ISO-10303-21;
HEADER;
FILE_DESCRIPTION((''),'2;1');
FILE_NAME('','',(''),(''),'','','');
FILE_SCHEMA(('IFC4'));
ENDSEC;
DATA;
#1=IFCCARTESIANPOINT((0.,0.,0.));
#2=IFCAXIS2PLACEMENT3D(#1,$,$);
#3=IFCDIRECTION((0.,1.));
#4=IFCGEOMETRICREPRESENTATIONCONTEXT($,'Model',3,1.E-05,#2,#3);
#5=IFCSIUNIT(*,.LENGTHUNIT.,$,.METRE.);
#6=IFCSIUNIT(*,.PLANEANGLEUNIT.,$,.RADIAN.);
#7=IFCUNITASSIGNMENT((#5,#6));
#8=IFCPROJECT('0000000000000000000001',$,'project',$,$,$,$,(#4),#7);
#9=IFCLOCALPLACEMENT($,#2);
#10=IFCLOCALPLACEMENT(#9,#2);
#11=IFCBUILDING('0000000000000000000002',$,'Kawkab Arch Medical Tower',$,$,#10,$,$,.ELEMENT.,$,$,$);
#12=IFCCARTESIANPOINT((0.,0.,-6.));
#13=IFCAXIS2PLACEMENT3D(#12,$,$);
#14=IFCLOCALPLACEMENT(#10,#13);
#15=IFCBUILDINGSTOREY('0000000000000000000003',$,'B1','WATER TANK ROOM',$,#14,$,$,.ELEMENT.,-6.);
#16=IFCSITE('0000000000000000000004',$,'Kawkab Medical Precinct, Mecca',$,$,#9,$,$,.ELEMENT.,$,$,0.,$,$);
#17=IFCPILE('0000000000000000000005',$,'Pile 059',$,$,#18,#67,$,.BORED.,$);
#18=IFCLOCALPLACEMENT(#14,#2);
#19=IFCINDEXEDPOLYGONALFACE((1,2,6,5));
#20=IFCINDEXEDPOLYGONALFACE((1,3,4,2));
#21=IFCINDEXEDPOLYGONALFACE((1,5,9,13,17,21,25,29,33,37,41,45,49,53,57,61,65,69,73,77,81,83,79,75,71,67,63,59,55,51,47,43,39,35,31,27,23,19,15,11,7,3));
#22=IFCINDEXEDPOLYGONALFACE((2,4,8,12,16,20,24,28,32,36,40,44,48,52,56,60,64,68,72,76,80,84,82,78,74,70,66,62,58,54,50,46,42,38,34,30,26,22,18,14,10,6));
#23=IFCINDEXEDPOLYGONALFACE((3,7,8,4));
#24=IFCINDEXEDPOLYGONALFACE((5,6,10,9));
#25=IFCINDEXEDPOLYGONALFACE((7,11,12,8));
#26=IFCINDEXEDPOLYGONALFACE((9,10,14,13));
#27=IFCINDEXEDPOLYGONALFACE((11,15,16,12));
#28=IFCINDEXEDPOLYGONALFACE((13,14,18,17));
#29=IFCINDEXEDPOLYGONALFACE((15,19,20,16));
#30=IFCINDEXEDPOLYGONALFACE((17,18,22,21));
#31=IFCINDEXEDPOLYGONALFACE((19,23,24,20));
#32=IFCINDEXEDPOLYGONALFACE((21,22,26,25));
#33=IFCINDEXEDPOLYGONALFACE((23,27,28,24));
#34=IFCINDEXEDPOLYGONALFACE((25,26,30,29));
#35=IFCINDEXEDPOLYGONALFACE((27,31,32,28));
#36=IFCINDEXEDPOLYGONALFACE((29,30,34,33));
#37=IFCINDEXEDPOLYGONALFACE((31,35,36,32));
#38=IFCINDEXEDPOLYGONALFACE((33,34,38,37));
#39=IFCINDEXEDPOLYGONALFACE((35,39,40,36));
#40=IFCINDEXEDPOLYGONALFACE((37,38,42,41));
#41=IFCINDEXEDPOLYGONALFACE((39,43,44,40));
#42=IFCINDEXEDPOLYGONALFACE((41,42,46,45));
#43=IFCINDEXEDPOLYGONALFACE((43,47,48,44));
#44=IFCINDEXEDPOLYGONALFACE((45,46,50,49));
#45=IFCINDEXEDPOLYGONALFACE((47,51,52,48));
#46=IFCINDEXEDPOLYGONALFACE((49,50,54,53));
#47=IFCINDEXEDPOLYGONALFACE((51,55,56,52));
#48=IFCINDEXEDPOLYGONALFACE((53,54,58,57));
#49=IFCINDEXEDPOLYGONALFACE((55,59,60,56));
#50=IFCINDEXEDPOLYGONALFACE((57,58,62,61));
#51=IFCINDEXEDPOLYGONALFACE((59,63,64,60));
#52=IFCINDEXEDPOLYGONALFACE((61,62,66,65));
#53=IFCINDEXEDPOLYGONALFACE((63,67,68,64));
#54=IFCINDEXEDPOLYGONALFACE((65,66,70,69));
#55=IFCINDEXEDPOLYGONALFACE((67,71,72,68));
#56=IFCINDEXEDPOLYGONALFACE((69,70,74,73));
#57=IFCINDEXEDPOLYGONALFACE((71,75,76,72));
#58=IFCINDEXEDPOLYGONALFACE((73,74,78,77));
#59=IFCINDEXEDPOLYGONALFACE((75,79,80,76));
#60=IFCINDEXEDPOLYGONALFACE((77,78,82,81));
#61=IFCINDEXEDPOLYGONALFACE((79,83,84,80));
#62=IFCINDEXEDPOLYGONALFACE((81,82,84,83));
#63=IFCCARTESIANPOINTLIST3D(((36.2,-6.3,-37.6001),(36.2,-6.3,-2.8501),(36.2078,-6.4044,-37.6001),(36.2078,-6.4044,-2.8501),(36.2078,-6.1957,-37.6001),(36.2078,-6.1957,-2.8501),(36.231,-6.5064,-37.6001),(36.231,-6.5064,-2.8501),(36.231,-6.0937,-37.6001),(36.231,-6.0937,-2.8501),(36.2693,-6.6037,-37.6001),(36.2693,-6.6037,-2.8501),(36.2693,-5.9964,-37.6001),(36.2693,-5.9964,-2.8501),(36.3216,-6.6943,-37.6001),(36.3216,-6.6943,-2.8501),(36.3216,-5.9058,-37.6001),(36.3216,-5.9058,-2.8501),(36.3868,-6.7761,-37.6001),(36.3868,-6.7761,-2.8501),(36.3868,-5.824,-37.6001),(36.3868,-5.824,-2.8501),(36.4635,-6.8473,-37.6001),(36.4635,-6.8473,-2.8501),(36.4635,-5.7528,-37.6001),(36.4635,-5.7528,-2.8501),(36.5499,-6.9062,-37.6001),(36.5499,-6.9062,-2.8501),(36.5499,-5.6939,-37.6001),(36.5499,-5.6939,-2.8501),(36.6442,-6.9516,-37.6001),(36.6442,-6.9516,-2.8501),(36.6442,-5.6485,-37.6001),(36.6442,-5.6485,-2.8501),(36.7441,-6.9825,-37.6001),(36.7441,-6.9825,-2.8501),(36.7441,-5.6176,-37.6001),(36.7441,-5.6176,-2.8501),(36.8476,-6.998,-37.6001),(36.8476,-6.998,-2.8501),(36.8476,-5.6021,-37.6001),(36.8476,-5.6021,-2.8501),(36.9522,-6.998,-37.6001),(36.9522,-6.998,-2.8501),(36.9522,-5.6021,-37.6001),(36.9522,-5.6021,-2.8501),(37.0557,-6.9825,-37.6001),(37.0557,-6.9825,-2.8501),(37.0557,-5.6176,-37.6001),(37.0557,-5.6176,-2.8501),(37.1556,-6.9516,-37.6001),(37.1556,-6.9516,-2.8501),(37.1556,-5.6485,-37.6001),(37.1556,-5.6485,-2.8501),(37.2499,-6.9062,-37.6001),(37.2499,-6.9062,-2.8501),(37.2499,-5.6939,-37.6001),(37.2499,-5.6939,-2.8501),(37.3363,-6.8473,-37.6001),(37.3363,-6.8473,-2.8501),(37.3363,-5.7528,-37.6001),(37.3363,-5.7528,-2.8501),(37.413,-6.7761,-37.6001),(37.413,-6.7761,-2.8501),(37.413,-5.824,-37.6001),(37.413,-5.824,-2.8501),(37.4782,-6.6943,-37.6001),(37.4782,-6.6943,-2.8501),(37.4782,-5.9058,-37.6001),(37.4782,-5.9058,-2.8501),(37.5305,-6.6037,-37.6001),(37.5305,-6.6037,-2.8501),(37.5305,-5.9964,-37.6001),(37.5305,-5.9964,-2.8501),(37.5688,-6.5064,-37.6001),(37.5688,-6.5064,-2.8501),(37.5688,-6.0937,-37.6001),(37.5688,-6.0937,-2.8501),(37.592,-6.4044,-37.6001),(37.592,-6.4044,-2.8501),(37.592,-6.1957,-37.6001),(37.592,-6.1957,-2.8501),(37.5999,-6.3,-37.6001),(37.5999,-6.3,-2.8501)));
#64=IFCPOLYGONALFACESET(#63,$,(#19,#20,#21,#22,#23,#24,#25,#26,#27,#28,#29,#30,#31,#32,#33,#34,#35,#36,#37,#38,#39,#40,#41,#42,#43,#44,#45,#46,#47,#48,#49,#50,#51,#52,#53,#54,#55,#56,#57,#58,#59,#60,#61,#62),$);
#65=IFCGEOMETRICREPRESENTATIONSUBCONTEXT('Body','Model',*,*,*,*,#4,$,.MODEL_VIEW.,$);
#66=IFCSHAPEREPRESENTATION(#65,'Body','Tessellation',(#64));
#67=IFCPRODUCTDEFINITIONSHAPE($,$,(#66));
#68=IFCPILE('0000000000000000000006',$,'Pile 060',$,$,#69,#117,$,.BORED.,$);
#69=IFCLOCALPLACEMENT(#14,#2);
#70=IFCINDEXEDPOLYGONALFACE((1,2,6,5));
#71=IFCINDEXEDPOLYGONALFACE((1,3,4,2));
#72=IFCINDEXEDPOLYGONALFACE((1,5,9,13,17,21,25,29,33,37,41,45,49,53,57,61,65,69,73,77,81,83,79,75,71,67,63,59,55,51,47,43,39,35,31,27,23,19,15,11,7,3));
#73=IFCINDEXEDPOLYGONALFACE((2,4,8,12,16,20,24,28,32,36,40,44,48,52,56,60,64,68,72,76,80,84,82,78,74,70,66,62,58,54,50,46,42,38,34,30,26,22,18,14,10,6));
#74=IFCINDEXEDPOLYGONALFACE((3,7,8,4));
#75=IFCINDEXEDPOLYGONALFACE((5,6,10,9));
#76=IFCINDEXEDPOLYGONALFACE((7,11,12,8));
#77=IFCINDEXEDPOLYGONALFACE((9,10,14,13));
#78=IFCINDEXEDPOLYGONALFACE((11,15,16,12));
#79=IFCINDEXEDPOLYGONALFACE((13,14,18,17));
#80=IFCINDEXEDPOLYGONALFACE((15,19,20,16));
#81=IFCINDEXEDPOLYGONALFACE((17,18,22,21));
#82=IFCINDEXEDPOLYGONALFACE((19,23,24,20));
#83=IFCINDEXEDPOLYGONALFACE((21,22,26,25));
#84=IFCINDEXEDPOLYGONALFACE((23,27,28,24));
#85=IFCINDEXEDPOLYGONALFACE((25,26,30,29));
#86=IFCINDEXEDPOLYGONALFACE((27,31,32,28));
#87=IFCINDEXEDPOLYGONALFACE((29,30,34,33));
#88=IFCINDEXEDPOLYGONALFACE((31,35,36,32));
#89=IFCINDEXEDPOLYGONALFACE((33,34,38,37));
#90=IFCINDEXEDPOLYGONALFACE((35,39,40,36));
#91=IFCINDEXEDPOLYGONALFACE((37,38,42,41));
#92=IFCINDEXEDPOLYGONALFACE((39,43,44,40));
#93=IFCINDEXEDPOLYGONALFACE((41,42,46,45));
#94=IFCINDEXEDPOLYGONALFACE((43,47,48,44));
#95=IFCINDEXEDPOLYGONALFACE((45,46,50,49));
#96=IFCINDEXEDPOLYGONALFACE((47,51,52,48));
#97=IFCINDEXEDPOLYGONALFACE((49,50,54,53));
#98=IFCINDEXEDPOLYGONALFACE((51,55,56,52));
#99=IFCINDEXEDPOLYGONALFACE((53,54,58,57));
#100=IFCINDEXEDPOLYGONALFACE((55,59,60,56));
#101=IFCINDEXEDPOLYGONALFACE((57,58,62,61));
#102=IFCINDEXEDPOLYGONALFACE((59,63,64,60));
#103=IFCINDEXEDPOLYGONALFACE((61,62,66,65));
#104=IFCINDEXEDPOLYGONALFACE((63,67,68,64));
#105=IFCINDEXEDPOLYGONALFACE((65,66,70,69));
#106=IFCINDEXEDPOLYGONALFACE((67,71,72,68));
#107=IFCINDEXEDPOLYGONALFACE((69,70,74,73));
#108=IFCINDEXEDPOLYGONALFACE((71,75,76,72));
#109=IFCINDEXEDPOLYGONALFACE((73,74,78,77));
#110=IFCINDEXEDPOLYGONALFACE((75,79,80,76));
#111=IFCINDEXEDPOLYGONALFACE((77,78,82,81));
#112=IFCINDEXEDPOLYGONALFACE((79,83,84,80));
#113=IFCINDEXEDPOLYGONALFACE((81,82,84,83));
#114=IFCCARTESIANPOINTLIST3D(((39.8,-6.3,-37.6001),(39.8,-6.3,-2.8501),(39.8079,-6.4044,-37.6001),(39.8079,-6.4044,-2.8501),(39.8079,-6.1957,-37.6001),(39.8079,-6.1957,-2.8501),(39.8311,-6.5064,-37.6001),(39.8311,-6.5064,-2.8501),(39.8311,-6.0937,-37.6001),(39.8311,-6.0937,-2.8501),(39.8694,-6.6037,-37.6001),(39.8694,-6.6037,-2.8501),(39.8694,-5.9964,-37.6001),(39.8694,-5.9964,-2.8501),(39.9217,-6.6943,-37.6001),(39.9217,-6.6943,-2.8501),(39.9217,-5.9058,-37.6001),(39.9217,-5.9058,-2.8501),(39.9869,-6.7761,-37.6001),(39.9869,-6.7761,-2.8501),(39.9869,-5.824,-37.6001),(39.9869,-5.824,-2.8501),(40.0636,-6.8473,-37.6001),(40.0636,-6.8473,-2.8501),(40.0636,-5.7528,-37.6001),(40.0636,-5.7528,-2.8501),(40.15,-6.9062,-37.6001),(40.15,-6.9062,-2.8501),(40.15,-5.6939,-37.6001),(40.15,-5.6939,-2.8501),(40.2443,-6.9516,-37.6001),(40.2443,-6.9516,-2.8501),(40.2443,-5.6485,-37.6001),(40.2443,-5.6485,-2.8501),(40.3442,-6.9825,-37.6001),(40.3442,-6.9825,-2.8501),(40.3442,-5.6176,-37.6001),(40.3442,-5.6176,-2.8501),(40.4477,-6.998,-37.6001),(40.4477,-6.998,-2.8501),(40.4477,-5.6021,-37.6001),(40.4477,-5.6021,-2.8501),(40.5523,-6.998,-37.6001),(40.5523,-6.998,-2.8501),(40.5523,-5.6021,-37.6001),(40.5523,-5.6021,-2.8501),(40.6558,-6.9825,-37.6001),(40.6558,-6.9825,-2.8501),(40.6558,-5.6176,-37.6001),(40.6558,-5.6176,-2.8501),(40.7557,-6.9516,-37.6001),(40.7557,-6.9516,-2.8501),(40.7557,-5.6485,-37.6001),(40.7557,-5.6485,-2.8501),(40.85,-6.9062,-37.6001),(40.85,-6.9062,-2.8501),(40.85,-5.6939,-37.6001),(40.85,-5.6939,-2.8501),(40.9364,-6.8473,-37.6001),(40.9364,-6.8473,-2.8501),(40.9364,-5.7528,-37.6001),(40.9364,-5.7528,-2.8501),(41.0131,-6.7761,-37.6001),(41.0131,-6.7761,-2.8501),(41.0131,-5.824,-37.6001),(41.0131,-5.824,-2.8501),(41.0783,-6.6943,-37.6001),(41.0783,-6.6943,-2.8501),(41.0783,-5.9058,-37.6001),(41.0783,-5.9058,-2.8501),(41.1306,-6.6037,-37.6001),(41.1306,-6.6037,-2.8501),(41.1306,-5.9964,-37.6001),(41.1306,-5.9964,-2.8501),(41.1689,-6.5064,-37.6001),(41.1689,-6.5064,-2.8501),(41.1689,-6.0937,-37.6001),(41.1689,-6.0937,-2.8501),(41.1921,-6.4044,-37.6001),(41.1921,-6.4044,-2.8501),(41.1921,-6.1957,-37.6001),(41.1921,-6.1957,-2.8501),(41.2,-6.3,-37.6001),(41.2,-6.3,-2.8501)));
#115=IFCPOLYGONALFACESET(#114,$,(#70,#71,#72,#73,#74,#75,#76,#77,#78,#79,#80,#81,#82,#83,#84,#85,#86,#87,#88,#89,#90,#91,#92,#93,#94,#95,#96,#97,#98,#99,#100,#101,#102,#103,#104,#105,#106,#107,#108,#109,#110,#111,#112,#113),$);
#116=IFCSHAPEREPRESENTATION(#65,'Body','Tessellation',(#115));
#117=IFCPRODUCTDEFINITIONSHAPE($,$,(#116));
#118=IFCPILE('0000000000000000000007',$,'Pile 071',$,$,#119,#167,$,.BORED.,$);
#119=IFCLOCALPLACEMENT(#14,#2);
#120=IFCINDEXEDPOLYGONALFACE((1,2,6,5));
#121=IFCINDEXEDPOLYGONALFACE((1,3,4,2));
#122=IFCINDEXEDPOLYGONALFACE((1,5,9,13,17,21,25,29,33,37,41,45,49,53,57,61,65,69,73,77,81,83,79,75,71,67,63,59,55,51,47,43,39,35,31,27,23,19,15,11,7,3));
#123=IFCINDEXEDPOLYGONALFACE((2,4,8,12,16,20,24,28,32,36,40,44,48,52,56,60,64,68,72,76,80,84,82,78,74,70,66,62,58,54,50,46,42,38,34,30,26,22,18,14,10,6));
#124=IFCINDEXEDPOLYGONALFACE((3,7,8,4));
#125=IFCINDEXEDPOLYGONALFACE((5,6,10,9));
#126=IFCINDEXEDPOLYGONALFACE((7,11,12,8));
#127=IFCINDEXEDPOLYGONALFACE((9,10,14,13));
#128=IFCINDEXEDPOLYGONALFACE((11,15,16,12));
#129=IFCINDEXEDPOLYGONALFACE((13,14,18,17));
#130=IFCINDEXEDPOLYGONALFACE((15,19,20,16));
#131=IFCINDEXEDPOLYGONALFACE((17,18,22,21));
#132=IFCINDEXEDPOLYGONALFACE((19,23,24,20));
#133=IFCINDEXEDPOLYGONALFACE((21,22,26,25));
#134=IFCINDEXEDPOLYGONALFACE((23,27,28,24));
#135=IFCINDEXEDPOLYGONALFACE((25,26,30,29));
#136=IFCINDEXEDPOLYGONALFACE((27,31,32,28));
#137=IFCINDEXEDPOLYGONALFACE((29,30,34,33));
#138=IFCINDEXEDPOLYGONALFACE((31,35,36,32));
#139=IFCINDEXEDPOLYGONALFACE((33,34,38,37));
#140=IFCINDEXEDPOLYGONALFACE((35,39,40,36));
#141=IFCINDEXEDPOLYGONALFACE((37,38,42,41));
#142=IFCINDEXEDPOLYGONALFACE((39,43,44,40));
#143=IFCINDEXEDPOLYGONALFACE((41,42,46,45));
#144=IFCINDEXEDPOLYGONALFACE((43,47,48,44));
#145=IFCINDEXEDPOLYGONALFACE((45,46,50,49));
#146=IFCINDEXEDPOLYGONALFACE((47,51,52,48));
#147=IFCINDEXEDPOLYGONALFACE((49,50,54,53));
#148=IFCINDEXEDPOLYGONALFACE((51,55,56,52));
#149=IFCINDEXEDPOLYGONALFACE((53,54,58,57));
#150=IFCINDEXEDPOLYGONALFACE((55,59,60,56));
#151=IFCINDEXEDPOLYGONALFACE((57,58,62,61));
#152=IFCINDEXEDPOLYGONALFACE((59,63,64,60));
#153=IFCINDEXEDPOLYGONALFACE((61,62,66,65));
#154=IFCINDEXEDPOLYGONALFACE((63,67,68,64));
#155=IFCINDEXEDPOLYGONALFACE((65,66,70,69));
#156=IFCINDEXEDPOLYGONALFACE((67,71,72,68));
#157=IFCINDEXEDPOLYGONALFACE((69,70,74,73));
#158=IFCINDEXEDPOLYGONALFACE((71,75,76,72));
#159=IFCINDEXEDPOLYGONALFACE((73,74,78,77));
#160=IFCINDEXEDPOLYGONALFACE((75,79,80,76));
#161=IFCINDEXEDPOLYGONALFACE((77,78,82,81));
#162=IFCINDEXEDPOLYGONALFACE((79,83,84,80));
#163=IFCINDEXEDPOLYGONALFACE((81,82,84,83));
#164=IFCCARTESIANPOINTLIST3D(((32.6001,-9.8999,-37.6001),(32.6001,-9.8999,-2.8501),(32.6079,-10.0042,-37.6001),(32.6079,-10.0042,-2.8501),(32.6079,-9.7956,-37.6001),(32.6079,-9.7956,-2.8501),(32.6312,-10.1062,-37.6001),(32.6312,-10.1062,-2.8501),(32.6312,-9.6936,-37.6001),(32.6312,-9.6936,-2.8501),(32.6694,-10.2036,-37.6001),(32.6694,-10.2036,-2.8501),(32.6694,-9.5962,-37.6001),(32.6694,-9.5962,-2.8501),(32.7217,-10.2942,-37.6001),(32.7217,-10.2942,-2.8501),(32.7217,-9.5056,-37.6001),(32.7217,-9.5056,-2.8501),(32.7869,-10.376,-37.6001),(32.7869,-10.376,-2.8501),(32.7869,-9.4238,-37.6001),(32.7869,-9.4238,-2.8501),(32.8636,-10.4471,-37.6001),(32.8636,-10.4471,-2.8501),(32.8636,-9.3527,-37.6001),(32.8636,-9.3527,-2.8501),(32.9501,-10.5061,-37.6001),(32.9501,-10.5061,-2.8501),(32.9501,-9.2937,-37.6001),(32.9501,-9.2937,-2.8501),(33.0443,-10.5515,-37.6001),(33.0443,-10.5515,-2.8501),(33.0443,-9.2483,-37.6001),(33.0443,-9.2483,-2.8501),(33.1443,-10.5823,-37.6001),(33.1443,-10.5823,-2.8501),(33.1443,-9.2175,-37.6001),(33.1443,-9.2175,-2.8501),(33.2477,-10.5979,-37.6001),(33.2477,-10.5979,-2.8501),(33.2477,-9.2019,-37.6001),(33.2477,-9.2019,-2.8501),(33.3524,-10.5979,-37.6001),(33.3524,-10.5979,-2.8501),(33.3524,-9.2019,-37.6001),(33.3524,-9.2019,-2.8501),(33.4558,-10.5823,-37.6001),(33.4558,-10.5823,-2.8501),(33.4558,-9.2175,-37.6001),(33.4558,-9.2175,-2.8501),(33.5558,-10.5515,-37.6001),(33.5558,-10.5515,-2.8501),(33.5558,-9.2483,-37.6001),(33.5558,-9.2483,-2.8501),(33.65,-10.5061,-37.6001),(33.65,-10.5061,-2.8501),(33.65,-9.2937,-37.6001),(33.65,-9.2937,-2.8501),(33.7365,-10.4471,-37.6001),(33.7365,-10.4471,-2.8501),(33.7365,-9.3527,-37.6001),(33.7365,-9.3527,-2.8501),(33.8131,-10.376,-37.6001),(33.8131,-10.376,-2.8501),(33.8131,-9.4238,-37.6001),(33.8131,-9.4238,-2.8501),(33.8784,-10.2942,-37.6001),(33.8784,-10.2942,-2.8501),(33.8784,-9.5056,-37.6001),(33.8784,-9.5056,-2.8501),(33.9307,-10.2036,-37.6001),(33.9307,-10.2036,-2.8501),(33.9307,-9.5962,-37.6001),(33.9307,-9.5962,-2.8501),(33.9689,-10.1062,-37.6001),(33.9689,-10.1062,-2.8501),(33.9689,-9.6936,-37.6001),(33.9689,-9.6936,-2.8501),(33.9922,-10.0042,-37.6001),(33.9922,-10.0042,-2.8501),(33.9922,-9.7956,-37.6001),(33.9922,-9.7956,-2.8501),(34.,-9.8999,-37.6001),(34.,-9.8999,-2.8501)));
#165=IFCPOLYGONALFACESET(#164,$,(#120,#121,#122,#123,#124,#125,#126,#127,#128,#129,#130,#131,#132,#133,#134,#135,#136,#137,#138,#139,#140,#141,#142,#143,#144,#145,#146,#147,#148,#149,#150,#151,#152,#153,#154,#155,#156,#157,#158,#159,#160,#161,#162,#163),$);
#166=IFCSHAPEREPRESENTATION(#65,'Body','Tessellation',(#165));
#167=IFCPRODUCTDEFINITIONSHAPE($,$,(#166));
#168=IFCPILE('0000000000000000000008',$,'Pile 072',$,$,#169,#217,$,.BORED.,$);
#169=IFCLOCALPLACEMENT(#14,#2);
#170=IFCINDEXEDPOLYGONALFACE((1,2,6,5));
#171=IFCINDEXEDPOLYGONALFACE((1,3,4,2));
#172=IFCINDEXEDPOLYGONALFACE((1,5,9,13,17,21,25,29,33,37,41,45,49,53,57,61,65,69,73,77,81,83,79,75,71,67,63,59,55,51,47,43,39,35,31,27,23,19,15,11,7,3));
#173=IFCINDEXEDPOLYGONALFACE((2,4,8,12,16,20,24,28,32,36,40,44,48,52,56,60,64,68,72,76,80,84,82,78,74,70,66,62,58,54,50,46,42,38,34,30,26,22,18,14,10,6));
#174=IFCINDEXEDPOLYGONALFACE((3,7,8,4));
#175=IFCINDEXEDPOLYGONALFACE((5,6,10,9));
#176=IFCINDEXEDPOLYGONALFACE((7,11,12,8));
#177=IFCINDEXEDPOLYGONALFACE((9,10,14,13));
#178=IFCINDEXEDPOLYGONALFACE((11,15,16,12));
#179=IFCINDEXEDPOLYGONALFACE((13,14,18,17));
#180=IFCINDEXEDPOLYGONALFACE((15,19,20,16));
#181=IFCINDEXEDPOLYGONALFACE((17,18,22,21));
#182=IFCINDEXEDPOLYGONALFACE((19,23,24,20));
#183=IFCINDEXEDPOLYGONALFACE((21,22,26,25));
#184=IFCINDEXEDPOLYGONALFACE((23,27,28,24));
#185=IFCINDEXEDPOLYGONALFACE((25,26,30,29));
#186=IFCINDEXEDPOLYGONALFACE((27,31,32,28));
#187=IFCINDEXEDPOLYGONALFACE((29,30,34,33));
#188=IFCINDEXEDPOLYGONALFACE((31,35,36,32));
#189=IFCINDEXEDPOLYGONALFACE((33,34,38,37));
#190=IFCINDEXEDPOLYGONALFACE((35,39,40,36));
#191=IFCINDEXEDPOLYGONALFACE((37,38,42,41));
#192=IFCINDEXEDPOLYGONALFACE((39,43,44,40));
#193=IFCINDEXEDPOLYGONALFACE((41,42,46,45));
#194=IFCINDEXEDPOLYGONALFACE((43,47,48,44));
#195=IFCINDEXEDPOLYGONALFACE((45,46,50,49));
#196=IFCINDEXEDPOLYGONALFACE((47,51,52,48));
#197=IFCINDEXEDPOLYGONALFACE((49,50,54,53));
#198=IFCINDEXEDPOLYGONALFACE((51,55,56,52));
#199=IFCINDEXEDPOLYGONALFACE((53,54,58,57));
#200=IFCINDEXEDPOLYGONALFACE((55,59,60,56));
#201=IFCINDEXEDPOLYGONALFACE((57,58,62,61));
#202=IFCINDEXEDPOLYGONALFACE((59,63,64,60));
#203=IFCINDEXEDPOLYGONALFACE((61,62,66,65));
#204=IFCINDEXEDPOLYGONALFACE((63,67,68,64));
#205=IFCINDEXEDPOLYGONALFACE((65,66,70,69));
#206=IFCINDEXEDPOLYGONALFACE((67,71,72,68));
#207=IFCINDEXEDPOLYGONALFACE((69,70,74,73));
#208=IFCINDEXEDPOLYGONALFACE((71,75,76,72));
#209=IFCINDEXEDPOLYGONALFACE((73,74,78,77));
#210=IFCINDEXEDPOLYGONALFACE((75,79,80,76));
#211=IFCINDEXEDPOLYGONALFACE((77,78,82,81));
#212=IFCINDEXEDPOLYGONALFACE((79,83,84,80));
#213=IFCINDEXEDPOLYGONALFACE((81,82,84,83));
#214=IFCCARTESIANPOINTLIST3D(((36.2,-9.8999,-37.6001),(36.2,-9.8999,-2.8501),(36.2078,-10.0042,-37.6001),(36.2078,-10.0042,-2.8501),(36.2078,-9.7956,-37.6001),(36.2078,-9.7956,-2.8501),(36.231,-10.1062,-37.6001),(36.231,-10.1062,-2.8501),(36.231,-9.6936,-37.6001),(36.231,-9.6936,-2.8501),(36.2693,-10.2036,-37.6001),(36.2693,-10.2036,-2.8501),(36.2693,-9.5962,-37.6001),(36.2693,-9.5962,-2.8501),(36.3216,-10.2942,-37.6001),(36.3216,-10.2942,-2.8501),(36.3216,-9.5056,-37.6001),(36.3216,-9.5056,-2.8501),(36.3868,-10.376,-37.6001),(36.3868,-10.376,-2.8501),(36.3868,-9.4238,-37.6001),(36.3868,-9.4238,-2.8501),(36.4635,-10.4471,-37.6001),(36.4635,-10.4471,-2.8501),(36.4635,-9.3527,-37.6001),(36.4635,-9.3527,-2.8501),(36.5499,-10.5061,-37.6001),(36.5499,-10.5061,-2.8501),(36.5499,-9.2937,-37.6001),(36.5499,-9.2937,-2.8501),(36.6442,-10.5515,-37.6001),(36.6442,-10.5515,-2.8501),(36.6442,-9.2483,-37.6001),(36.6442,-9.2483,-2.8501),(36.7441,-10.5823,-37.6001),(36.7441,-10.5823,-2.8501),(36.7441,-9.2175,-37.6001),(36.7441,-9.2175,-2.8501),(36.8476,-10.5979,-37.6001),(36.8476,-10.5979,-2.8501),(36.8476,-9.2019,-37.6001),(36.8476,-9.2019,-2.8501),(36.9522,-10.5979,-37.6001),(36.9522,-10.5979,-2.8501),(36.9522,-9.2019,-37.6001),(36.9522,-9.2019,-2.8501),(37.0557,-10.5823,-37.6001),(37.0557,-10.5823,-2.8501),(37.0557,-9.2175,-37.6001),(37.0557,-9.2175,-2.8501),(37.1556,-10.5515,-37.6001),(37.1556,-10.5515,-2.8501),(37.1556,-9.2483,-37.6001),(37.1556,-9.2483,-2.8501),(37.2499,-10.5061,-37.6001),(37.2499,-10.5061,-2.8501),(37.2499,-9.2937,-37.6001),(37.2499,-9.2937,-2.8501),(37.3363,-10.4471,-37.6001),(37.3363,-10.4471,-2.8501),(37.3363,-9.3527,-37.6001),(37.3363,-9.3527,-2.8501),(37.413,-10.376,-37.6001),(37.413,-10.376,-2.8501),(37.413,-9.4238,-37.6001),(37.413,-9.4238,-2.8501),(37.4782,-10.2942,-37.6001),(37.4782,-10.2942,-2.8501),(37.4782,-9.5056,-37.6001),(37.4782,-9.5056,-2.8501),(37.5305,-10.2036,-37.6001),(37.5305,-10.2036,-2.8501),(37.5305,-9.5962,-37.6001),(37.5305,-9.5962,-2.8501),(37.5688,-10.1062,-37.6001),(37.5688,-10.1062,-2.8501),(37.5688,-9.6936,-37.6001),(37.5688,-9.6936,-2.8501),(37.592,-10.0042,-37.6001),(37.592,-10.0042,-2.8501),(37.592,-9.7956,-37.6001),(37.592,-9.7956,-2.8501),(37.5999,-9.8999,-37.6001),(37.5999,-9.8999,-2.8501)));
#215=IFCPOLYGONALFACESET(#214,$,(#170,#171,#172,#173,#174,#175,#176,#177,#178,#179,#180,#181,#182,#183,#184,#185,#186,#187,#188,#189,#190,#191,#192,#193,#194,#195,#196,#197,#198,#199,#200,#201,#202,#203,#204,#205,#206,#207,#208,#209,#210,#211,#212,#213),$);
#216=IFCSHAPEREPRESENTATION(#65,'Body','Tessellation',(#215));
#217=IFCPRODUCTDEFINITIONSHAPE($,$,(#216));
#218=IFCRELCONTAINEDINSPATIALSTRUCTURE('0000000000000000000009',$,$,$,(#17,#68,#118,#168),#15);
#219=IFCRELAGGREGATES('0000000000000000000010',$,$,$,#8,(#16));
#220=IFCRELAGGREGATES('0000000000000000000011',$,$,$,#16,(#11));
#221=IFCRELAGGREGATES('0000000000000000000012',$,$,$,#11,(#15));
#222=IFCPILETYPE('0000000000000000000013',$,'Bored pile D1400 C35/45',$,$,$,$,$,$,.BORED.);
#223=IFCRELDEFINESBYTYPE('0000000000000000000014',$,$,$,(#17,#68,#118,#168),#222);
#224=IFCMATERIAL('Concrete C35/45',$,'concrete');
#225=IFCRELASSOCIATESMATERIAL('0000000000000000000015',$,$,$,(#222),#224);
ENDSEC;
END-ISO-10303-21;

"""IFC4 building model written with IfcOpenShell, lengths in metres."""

from ifc_helpers import new_model, si_unit, direction, frame, origin, origin_2d, place, context, subcontext, project, spatial, circle, extrude, material, material_profile, profile_set, type_object, element, save


model = new_model("IFC4")

# Units and contexts
model_context = context("Model", 3, precision=1e-05, world=origin(), true_north=direction((0.0, 1.0)))
body_context = subcontext(model_context, "Body", "Model", "MODEL_VIEW")
ifc_project = project(units=[si_unit("LENGTHUNIT", "METRE"), si_unit("PLANEANGLEUNIT", "RADIAN")], contexts=[model_context])

# Site, building, storey
site_placement = place(None, origin())
site = spatial("IfcSite", under=ifc_project, at=site_placement, Name="Kawkab Medical Precinct, Mecca", CompositionType="ELEMENT", RefElevation=0.0)
building_placement = place(site_placement, origin())
building = spatial("IfcBuilding", under=site, at=building_placement, Name="Kawkab Arch Medical Tower", CompositionType="ELEMENT")
storey_placement = place(building_placement, frame((0.0, 0.0, -6.0)))
storey = spatial("IfcBuildingStorey", under=building, at=storey_placement, Name="B1", Description="WATER TANK ROOM", CompositionType="ELEMENT", Elevation=-6.0)

# Piles
ifc_material_1 = material(Name="Concrete C35/45", Category="concrete")
ifc_material_profile_1 = material_profile(ifc_material_1, circle(Radius=0.7, at=origin_2d()), Name="Bored pile D1400")
ifc_profile_set_1 = profile_set([ifc_material_profile_1], Name="Concrete C35/45")
pile_type = type_object("IfcPileType", Name="Bored pile D1400 C35/45", PredefinedType="BORED", material=ifc_profile_set_1)
for number, where, z_axis, x_axis, name in (
    (1, (36.8999, -6.3, -2.8501), (0.0, 0.0, -1.0), (1.0, 0.0, 0.0), "Pile 059"),
    (2, (40.5, -6.3, -2.8501), (0.0, 0.0, -1.0), (1.0, 0.0, 0.0), "Pile 060"),
    (3, (33.3, -9.8999, -2.8501), (0.0, 0.0, -1.0), (1.0, 0.0, 0.0), "Pile 071"),
    (4, (36.8999, -9.8999, -2.8501), (0.0, 0.0, -1.0), (1.0, 0.0, 0.0), "Pile 072"),
):
    element("IfcPile", number, at=place(storey_placement, frame(where, z_axis=z_axis, x_axis=x_axis)), inside=storey, type_object=pile_type, Name=name, PredefinedType="BORED", context=body_context, shape_type="SweptSolid", body=[
        extrude(circle(Radius=0.7, at=origin_2d()), origin(), (0.0, 0.0, 1.0), 34.75),
    ])

save(model, "model.ifc")
